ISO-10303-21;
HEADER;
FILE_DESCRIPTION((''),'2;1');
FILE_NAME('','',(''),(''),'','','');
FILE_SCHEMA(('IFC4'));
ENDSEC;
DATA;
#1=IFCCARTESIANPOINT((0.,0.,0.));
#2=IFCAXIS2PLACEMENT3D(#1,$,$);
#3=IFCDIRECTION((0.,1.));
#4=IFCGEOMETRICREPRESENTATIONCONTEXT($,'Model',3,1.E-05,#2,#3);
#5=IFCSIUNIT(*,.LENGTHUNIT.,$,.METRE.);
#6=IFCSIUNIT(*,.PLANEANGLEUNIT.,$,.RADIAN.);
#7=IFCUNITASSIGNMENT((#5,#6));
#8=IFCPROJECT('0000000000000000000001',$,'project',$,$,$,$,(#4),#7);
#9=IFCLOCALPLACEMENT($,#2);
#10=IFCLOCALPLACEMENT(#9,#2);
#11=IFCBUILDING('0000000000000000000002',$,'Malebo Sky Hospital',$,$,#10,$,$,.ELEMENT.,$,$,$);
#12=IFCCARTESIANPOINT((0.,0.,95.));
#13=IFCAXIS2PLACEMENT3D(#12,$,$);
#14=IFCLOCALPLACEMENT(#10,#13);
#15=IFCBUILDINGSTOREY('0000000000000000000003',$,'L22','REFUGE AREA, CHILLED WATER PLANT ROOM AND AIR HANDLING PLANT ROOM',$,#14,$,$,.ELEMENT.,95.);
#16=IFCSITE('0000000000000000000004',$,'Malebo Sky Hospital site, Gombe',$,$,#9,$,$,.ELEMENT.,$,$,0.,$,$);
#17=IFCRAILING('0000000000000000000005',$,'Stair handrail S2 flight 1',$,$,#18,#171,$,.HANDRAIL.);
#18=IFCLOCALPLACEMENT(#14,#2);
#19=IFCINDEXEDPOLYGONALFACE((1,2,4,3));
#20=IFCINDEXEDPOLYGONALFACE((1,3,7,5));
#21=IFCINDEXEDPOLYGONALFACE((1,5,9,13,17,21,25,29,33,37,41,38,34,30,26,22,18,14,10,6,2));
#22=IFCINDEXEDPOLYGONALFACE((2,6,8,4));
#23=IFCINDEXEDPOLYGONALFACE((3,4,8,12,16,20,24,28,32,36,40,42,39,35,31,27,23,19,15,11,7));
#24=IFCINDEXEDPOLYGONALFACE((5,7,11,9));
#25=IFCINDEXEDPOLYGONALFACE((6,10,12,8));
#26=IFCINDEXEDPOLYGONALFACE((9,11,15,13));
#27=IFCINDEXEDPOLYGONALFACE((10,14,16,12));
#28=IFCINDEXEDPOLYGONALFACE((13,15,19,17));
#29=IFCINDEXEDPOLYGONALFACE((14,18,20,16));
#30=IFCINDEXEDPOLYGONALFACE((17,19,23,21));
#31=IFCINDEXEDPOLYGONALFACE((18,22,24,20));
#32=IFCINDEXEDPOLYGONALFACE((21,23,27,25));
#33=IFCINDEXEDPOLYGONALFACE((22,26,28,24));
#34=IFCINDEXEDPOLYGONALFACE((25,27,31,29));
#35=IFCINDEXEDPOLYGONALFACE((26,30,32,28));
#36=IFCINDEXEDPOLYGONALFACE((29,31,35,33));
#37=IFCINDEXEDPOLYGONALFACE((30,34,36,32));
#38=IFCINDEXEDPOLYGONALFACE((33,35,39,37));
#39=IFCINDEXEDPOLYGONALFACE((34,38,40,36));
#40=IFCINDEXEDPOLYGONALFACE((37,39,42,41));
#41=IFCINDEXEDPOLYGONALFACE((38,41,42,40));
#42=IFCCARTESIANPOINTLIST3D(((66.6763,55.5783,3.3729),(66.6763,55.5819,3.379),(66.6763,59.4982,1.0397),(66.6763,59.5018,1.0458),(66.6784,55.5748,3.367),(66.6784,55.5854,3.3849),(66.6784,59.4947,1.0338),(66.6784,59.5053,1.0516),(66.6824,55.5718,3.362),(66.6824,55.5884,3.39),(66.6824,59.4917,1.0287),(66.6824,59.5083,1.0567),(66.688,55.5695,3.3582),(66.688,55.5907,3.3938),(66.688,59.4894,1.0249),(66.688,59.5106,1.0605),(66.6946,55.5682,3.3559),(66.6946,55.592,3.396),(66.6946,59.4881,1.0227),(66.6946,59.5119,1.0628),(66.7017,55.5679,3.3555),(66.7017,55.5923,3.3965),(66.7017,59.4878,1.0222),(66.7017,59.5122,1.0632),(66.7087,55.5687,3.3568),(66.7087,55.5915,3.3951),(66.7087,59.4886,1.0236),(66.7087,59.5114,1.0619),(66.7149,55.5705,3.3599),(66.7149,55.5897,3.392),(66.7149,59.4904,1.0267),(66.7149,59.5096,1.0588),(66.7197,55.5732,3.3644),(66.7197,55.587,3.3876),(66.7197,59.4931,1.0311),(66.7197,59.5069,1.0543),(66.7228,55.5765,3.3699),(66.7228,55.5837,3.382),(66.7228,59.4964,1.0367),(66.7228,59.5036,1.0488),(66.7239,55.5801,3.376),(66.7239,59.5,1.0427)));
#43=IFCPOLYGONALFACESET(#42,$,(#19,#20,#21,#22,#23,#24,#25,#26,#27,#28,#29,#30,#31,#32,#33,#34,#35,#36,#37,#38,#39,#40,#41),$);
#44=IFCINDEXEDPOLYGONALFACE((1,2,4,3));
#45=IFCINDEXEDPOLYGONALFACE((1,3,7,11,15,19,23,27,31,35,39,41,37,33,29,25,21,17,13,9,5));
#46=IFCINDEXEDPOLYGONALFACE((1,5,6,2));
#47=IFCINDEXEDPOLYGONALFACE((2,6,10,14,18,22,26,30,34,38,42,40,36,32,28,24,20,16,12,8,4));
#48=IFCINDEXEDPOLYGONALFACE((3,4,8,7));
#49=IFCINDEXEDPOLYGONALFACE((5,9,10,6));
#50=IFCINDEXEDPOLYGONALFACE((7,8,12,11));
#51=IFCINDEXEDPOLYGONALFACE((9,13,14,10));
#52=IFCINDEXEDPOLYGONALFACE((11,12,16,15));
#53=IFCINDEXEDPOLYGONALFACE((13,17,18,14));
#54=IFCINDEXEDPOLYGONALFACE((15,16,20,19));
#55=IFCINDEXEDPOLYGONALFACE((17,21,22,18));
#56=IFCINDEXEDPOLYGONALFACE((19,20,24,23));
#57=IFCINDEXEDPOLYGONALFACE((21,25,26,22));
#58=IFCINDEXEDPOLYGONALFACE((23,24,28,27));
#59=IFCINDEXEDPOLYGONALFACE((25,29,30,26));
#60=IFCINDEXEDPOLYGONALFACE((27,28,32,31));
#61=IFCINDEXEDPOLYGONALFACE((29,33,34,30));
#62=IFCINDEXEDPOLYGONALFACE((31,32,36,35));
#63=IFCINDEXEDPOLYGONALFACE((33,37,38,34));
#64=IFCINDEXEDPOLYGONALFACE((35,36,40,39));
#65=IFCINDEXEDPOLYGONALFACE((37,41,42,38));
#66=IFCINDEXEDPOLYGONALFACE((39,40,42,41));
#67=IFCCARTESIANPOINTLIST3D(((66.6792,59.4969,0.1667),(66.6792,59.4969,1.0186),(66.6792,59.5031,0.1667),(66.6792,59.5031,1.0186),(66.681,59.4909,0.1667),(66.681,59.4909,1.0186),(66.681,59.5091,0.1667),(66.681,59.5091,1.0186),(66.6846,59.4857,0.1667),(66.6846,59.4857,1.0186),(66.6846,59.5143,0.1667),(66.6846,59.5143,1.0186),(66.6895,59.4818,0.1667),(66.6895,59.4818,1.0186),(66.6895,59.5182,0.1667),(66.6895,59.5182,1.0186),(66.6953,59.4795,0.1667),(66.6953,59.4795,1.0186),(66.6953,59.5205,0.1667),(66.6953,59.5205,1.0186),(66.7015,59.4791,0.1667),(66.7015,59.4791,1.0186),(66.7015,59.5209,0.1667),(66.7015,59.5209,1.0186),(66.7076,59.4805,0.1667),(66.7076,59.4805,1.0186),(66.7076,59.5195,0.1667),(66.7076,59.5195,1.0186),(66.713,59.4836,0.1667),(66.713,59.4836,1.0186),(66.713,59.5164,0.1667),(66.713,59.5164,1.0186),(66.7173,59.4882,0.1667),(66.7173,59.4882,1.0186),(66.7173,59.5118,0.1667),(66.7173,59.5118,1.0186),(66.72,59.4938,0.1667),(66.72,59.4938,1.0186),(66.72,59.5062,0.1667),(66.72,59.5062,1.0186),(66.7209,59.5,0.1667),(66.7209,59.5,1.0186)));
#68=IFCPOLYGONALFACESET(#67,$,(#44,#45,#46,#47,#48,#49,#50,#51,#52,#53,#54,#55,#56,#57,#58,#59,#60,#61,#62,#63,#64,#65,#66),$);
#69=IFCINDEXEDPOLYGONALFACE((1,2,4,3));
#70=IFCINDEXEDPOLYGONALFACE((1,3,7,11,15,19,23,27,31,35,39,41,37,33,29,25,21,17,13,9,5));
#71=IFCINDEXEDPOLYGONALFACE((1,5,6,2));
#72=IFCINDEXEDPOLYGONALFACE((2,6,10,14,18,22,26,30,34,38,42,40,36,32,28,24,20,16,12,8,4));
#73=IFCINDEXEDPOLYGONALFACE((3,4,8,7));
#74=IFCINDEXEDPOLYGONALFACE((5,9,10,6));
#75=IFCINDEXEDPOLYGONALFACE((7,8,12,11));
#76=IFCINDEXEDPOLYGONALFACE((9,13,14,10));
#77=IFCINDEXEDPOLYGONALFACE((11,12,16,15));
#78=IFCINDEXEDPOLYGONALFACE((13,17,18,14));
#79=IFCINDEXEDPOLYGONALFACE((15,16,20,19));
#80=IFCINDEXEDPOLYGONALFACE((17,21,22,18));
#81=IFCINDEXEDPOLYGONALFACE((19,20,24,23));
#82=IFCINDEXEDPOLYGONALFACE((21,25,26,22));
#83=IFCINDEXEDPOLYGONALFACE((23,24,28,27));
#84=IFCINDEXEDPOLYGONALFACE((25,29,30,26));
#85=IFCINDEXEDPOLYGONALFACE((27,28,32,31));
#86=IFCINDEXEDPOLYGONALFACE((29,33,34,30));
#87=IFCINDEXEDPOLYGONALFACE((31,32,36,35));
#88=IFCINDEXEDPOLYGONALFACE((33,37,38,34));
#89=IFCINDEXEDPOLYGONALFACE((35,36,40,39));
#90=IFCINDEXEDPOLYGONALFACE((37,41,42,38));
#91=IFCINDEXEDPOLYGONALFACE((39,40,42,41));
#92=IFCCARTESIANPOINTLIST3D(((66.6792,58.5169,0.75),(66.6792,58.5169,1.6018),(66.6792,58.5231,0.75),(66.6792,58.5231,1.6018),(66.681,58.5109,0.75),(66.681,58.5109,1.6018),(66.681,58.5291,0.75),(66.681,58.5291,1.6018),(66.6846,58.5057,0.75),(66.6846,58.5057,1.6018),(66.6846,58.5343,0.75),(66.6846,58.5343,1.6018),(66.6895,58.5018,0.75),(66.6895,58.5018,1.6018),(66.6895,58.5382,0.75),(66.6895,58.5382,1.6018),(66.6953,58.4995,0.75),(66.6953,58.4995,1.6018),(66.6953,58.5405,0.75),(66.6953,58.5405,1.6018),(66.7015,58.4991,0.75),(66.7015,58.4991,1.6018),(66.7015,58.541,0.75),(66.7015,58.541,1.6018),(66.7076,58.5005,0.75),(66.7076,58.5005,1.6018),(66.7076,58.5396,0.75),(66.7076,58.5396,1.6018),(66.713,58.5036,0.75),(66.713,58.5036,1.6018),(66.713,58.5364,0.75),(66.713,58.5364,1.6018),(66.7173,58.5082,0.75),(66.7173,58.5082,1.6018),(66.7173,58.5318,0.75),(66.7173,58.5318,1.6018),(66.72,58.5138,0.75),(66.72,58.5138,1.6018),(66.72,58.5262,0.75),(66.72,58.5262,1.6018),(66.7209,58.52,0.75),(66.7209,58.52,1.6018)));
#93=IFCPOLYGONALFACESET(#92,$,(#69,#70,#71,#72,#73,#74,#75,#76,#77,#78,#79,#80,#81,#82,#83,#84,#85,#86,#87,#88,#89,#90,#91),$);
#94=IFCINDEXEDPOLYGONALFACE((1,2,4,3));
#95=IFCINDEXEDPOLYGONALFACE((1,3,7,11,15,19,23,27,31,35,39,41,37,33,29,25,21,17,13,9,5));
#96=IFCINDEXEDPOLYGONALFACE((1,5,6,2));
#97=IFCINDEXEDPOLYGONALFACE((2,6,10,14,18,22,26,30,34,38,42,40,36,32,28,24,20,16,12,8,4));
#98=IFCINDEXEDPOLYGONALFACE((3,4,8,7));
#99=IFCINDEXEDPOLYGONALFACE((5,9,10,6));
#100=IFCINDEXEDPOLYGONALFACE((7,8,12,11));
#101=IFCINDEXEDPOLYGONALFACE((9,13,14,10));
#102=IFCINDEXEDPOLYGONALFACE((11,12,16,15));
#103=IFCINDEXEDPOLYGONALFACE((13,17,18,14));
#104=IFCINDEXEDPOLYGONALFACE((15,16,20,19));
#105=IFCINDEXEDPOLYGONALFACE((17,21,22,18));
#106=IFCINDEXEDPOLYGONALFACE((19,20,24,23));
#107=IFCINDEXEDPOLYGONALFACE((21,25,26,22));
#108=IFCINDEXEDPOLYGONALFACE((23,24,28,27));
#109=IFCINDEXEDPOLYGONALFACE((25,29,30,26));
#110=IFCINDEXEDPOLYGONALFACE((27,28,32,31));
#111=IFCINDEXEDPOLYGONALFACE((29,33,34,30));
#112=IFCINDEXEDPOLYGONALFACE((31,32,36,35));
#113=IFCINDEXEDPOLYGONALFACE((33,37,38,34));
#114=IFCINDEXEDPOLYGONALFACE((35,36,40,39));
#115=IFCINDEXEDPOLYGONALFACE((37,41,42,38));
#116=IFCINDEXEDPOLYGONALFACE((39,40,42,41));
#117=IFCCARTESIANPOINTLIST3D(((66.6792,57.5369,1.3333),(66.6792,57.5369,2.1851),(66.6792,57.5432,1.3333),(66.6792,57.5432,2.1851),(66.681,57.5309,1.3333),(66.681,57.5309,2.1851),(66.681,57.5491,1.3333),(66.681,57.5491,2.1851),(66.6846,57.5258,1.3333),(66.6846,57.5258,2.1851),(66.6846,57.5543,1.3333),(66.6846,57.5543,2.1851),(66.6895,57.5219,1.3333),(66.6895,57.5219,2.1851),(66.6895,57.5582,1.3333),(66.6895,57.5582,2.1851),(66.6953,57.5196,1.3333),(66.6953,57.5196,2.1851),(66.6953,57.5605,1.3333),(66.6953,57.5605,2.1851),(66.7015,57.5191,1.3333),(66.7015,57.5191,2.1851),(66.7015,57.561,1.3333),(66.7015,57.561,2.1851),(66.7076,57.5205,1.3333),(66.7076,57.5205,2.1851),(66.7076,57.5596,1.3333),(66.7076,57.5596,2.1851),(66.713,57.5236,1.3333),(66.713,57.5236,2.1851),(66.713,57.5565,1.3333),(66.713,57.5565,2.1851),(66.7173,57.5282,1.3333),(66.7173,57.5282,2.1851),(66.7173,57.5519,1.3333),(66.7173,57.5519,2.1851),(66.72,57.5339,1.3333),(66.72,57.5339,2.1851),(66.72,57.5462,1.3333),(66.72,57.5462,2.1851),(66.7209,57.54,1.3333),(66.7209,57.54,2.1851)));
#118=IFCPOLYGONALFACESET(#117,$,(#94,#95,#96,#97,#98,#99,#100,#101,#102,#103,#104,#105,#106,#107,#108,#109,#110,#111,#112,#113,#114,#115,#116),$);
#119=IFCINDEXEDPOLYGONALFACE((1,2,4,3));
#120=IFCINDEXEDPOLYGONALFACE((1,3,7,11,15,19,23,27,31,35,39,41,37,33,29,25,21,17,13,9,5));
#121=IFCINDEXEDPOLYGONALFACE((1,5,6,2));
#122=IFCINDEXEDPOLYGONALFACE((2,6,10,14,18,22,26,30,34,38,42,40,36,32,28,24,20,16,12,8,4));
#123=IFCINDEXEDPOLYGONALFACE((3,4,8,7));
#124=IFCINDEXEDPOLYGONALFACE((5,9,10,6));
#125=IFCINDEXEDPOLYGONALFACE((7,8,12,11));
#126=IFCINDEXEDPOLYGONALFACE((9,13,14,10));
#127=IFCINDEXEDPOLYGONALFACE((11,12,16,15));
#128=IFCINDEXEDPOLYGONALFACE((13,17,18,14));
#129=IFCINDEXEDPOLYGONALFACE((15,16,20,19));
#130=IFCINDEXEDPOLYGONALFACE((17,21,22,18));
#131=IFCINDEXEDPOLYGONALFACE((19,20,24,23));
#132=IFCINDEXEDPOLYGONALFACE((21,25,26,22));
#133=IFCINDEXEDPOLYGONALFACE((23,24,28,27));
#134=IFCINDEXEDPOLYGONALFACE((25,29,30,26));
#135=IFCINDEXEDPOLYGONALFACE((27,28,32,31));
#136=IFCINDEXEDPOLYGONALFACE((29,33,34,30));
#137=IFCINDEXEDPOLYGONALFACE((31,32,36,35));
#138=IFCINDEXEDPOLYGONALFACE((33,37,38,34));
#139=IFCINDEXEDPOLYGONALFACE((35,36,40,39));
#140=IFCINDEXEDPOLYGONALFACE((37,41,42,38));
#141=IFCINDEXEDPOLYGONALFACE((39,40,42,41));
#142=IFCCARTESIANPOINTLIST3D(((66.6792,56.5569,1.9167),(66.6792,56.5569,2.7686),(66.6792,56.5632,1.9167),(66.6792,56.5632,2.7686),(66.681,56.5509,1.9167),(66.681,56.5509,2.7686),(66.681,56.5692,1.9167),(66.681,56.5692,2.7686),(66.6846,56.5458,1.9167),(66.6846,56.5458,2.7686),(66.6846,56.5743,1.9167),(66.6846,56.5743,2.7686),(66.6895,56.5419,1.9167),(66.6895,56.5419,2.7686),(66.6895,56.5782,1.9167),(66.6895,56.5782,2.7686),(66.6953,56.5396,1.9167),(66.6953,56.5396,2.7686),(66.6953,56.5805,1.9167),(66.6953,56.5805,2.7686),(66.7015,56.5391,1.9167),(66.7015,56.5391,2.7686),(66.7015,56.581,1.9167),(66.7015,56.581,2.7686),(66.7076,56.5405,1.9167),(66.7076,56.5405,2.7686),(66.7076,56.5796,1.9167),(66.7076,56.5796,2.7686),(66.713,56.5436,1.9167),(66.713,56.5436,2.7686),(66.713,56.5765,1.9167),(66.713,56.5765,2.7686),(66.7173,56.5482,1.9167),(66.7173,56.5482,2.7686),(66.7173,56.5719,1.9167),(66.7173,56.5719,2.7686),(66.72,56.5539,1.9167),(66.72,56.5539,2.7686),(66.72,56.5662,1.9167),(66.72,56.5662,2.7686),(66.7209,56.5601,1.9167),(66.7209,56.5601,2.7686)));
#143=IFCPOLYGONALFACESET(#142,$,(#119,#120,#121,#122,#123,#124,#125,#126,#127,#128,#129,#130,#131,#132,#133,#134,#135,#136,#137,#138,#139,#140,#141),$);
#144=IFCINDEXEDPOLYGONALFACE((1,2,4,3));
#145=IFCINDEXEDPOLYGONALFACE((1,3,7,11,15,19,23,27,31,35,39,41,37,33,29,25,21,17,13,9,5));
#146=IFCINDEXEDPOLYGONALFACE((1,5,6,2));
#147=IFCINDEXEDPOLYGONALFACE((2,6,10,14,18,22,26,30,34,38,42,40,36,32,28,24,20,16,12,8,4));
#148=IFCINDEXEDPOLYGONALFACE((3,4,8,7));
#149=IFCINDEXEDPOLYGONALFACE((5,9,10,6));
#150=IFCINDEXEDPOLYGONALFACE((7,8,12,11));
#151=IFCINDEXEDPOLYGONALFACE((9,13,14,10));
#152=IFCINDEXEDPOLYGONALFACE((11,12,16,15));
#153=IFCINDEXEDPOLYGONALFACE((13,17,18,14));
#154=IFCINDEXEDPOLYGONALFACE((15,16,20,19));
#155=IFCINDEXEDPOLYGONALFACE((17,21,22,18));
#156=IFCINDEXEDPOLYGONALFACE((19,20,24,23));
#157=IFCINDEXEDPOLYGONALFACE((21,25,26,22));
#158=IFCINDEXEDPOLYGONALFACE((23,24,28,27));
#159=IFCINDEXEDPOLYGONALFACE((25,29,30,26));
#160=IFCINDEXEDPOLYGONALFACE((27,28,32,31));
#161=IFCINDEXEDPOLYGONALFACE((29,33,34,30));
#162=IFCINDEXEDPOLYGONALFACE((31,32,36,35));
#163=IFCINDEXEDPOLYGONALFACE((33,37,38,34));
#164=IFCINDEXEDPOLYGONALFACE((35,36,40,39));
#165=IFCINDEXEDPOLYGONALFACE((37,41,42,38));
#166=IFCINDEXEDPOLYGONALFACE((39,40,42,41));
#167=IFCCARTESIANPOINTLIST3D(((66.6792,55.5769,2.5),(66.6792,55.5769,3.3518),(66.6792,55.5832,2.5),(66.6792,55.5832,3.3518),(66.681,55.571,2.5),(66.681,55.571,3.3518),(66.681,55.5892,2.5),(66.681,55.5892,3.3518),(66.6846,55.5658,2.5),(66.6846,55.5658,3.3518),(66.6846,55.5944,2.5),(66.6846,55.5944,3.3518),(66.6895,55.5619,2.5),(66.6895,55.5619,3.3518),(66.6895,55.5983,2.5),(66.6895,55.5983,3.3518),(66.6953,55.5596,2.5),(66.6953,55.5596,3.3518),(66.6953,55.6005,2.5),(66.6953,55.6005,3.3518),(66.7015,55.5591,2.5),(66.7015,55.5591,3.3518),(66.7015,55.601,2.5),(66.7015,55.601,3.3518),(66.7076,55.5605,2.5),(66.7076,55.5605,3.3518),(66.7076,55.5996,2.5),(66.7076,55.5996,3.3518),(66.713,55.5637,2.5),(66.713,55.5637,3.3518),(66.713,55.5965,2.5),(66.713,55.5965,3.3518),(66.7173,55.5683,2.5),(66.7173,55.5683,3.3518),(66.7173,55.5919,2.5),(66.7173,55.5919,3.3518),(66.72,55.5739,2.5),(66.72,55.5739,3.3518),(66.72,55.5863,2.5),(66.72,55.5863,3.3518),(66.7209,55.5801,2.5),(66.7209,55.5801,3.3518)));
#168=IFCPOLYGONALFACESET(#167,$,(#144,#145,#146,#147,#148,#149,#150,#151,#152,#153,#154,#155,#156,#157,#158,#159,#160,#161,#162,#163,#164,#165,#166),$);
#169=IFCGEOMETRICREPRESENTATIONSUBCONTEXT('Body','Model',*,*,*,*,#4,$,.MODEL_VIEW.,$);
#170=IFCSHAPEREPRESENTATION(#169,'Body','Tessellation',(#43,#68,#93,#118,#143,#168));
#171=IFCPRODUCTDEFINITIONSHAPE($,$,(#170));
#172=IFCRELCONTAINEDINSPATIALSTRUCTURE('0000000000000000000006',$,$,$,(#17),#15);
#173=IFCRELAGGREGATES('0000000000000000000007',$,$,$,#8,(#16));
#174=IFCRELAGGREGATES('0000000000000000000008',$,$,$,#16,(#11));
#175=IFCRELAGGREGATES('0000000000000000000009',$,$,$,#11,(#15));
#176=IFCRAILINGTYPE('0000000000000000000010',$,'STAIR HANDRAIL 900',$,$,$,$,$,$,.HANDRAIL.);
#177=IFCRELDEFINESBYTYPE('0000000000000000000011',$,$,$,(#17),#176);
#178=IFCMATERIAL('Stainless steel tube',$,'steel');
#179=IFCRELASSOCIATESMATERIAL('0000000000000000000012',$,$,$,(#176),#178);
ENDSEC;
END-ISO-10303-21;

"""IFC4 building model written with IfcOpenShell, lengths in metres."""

from ifc_helpers import new_model, si_unit, direction, frame, origin, origin_2d, place, context, subcontext, project, spatial, circle, extrude, material, type_object, element, save


model = new_model("IFC4")

# Units and contexts
model_context = context("Model", 3, precision=1e-05, world=origin(), true_north=direction((0.0, 1.0)))
body_context = subcontext(model_context, "Body", "Model", "MODEL_VIEW")
ifc_project = project(units=[si_unit("LENGTHUNIT", "METRE"), si_unit("PLANEANGLEUNIT", "RADIAN")], contexts=[model_context])

# Site, building, storey
site_placement = place(None, origin())
site = spatial("IfcSite", under=ifc_project, at=site_placement, Name="Malebo Sky Hospital site, Gombe", CompositionType="ELEMENT", RefElevation=0.0)
building_placement = place(site_placement, origin())
building = spatial("IfcBuilding", under=site, at=building_placement, Name="Malebo Sky Hospital", CompositionType="ELEMENT")
storey_placement = place(building_placement, frame((0.0, 0.0, 95.0)))
storey = spatial("IfcBuildingStorey", under=building, at=storey_placement, Name="L22", Description="REFUGE AREA, CHILLED WATER PLANT ROOM AND AIR HANDLING PLANT ROOM", CompositionType="ELEMENT", Elevation=95.0)

# Railing
ifc_material_1 = material(Name="Stainless steel tube", Category="steel")
railing_type = type_object("IfcRailingType", Name="STAIR HANDRAIL 900", PredefinedType="HANDRAIL", material=ifc_material_1)
railing_1_placement = place(storey_placement, frame((66.7, 59.5, 0.1667)))
element("IfcRailing", 1, at=railing_1_placement, inside=storey, type_object=railing_type, Name="Stair handrail S2 flight 1", PredefinedType="HANDRAIL", context=body_context, shape_type="SweptSolid", body=[
    extrude(circle(Radius=0.0239, at=origin_2d()), frame((0.0, 0.0, 0.876), z_axis=(0.0, -0.859296, 0.511478), x_axis=(1.0, 0.0, 0.0)), (0.0, 0.0, 1.0), 4.5618),
    extrude(circle(Radius=0.021, at=origin_2d()), origin(), (0.0, 0.0, 1.0), 0.8518),
    extrude(circle(Radius=0.021, at=origin_2d()), frame((0.0, -0.98, 0.5833)), (0.0, 0.0, 1.0), 0.8518),
    extrude(circle(Radius=0.021, at=origin_2d()), frame((0.0, -1.96, 1.1665)), (0.0, 0.0, 1.0), 0.8518),
    extrude(circle(Radius=0.021, at=origin_2d()), frame((0.0, -2.9399, 1.75)), (0.0, 0.0, 1.0), 0.8518),
    extrude(circle(Radius=0.021, at=origin_2d()), frame((0.0, -3.9199, 2.3333)), (0.0, 0.0, 1.0), 0.8518),
])

save(model, "model.ifc")
